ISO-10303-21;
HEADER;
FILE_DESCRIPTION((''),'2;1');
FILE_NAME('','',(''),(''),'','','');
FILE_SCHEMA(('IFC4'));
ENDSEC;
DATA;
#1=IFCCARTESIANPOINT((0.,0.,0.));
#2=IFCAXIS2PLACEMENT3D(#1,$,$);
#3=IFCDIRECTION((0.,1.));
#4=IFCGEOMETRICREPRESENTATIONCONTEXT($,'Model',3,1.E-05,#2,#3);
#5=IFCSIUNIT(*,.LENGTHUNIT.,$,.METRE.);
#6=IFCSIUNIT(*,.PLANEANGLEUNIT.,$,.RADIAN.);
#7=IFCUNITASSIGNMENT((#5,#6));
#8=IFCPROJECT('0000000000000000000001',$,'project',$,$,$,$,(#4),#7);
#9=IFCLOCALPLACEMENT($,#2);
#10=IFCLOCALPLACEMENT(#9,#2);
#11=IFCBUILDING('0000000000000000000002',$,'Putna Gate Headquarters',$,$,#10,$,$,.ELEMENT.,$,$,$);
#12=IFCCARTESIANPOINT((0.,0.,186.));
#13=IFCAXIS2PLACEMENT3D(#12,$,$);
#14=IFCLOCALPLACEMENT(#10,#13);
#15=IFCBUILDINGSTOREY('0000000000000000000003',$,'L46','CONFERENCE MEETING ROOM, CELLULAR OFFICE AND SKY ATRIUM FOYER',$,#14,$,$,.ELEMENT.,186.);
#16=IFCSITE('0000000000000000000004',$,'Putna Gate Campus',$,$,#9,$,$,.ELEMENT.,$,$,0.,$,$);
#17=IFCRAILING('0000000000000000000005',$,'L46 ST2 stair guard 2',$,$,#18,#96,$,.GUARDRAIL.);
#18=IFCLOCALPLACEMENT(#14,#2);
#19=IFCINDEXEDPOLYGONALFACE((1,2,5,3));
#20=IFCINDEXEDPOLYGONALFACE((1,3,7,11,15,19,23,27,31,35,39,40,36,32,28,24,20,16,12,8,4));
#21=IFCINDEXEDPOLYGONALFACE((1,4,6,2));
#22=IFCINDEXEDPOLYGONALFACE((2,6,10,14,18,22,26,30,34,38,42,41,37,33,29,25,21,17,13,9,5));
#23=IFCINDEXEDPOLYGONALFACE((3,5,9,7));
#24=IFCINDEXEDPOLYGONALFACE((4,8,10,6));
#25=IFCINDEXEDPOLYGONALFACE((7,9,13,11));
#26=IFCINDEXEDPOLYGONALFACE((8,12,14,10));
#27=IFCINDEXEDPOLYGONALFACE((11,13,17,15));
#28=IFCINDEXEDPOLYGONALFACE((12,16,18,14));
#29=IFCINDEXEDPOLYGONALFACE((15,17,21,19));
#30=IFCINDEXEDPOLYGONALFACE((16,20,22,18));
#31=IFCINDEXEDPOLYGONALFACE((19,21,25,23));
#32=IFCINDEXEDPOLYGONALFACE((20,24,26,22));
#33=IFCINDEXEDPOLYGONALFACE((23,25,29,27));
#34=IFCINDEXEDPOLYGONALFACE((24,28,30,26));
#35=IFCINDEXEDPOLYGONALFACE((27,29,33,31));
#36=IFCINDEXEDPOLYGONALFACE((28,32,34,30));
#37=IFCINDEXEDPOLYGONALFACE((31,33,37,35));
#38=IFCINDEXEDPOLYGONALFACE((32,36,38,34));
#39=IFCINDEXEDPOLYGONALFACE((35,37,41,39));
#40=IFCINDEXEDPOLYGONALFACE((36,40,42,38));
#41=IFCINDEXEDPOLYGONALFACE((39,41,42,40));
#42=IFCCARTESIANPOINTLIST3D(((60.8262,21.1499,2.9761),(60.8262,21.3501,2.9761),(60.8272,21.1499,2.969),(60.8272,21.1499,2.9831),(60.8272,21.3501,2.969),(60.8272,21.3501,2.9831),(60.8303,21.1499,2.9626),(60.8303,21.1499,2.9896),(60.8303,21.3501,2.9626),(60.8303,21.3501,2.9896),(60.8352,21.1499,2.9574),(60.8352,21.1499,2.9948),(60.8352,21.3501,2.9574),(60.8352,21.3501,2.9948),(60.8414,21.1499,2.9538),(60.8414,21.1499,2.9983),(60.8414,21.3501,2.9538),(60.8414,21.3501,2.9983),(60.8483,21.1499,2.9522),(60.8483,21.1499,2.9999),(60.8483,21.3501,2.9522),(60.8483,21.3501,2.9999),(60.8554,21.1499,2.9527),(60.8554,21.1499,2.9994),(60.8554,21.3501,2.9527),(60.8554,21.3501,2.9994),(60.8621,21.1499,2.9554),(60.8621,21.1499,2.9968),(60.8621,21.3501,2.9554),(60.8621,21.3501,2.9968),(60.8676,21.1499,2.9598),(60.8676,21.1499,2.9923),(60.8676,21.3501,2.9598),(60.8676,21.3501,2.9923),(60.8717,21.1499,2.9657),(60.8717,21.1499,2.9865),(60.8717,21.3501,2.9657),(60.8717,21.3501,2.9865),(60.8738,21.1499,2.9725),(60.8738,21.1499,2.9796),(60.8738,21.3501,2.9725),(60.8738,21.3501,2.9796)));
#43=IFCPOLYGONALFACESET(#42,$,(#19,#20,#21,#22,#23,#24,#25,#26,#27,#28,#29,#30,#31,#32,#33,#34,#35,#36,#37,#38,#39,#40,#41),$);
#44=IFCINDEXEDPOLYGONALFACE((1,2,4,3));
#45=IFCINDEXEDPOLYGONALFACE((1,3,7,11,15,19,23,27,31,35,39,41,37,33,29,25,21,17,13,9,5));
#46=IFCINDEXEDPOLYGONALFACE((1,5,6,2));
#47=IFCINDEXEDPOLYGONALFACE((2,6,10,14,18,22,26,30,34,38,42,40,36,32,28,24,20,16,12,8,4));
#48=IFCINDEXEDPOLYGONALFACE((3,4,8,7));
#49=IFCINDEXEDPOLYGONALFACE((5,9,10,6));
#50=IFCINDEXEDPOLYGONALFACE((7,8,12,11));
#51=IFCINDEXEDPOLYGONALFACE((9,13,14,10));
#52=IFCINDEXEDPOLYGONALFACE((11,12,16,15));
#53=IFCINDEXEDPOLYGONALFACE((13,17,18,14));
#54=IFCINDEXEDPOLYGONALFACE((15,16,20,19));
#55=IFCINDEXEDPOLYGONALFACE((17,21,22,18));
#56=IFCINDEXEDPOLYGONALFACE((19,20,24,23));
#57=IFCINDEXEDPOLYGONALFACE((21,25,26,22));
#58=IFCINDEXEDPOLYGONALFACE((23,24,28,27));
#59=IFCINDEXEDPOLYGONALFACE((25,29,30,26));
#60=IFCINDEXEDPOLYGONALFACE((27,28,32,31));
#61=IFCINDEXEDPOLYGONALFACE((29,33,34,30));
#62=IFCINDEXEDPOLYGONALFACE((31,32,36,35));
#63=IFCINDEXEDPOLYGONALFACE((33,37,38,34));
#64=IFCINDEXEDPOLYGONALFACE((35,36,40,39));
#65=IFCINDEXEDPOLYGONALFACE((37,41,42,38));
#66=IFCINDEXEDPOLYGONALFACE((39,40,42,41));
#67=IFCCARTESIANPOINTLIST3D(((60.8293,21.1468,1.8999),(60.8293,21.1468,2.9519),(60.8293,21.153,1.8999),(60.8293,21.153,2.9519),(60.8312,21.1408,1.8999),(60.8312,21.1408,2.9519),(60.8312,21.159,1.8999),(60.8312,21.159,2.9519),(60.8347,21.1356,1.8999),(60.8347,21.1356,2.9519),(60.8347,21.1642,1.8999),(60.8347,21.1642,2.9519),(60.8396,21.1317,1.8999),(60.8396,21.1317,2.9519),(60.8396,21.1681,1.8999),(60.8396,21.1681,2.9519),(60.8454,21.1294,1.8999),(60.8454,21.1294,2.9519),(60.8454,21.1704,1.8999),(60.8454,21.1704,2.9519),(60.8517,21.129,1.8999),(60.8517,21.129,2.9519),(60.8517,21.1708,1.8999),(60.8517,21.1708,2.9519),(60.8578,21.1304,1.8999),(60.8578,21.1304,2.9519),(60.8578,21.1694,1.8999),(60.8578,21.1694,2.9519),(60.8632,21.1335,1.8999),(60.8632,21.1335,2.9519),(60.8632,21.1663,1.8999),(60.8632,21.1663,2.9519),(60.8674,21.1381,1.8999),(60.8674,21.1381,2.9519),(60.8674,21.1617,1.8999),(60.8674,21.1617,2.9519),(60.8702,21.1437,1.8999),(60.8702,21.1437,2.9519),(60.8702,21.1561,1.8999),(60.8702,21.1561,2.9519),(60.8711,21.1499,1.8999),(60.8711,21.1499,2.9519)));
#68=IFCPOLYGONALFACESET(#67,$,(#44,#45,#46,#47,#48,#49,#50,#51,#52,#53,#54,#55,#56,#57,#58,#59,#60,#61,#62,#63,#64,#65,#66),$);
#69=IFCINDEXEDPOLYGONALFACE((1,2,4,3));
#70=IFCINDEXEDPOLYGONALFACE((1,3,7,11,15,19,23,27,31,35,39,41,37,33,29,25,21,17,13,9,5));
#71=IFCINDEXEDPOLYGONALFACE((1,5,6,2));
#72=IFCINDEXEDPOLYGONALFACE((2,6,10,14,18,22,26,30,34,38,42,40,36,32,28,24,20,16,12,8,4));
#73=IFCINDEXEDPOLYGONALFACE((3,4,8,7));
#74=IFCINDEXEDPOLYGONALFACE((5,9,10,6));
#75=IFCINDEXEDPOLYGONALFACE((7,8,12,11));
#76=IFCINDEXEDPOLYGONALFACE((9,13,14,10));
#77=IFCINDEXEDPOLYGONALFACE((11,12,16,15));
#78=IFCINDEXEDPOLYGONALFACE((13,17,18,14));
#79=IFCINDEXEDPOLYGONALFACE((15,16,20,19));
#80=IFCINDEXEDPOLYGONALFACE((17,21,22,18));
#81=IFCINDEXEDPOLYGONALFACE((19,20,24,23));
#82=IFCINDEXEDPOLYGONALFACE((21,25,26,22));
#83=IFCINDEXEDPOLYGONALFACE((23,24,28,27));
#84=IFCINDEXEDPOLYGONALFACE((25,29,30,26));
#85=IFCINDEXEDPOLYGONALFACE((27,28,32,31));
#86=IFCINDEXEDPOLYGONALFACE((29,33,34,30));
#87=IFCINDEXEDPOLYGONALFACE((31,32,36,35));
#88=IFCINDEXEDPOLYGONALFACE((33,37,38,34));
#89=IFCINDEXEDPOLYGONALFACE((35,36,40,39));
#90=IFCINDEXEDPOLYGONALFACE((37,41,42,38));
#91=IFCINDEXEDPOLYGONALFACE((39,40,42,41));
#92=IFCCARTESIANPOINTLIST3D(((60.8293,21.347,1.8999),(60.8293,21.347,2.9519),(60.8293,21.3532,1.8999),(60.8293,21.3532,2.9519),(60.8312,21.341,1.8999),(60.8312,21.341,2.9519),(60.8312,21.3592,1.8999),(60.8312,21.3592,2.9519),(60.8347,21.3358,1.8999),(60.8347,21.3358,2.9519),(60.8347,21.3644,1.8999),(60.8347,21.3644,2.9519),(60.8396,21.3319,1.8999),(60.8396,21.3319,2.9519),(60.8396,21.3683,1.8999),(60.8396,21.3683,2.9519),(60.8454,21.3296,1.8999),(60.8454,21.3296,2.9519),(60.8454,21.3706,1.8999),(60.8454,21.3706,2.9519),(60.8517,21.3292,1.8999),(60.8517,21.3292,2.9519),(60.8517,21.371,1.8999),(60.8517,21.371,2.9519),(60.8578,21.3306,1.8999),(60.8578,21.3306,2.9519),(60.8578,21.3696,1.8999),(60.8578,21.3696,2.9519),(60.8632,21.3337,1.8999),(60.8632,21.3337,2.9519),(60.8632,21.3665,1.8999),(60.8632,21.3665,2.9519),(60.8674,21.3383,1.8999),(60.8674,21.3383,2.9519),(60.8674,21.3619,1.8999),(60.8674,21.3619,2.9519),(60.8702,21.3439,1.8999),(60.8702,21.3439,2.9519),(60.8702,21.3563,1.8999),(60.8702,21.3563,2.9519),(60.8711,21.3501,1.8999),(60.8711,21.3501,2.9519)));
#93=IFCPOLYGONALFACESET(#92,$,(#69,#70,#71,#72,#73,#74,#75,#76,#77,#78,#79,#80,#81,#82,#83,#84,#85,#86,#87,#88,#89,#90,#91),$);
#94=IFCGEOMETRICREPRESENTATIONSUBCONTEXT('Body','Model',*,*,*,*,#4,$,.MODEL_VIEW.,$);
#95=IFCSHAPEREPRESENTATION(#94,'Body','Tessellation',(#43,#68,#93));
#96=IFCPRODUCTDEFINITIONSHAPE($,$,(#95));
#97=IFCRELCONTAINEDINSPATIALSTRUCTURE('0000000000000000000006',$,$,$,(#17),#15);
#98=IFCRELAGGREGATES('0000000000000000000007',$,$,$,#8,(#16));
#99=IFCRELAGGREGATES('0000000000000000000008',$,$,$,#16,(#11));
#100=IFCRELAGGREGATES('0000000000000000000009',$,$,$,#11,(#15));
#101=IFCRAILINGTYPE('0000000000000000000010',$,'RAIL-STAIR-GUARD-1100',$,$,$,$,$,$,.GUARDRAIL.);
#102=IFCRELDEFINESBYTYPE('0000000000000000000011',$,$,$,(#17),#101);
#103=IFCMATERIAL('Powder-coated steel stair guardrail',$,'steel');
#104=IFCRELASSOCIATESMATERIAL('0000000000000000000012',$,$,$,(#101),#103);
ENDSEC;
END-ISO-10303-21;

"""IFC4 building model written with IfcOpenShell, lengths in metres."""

from ifc_helpers import new_model, si_unit, direction, frame, origin, origin_2d, place, context, subcontext, project, spatial, circle, extrude, material, type_object, element, save


model = new_model("IFC4")

# Units and contexts
model_context = context("Model", 3, precision=1e-05, world=origin(), true_north=direction((0.0, 1.0)))
body_context = subcontext(model_context, "Body", "Model", "MODEL_VIEW")
ifc_project = project(units=[si_unit("LENGTHUNIT", "METRE"), si_unit("PLANEANGLEUNIT", "RADIAN")], contexts=[model_context])

# Site, building, storey
site_placement = place(None, origin())
site = spatial("IfcSite", under=ifc_project, at=site_placement, Name="Putna Gate Campus", CompositionType="ELEMENT", RefElevation=0.0)
building_placement = place(site_placement, origin())
building = spatial("IfcBuilding", under=site, at=building_placement, Name="Putna Gate Headquarters", CompositionType="ELEMENT")
storey_placement = place(building_placement, frame((0.0, 0.0, 186.0)))
storey = spatial("IfcBuildingStorey", under=building, at=storey_placement, Name="L46", Description="CONFERENCE MEETING ROOM, CELLULAR OFFICE AND SKY ATRIUM FOYER", CompositionType="ELEMENT", Elevation=186.0)

# Railing
ifc_material_1 = material(Name="Powder-coated steel stair guardrail", Category="steel")
railing_type_1 = type_object("IfcRailingType", Name="RAIL-STAIR-GUARD-1100", PredefinedType="GUARDRAIL", material=ifc_material_1)
railing_1_placement = place(storey_placement, frame((60.8501, 21.1499, 1.8999)))
element("IfcRailing", 1, at=railing_1_placement, inside=storey, type_object=railing_type_1, Name="L46 ST2 stair guard 2", PredefinedType="GUARDRAIL", context=body_context, shape_type="SweptSolid", body=[
    extrude(circle(Radius=0.0239, at=origin_2d()), frame((0.0, 0.0, 1.0762), z_axis=(0.0, 1.0, 0.0), x_axis=(-1.0, 0.0, 0.0)), (0.0, 0.0, 1.0), 0.2002),
    extrude(circle(Radius=0.021, at=origin_2d()), origin(), (0.0, 0.0, 1.0), 1.052),
    extrude(circle(Radius=0.021, at=origin_2d()), frame((0.0, 0.2002, 0.0)), (0.0, 0.0, 1.0), 1.052),
])

save(model, "model.ifc")
